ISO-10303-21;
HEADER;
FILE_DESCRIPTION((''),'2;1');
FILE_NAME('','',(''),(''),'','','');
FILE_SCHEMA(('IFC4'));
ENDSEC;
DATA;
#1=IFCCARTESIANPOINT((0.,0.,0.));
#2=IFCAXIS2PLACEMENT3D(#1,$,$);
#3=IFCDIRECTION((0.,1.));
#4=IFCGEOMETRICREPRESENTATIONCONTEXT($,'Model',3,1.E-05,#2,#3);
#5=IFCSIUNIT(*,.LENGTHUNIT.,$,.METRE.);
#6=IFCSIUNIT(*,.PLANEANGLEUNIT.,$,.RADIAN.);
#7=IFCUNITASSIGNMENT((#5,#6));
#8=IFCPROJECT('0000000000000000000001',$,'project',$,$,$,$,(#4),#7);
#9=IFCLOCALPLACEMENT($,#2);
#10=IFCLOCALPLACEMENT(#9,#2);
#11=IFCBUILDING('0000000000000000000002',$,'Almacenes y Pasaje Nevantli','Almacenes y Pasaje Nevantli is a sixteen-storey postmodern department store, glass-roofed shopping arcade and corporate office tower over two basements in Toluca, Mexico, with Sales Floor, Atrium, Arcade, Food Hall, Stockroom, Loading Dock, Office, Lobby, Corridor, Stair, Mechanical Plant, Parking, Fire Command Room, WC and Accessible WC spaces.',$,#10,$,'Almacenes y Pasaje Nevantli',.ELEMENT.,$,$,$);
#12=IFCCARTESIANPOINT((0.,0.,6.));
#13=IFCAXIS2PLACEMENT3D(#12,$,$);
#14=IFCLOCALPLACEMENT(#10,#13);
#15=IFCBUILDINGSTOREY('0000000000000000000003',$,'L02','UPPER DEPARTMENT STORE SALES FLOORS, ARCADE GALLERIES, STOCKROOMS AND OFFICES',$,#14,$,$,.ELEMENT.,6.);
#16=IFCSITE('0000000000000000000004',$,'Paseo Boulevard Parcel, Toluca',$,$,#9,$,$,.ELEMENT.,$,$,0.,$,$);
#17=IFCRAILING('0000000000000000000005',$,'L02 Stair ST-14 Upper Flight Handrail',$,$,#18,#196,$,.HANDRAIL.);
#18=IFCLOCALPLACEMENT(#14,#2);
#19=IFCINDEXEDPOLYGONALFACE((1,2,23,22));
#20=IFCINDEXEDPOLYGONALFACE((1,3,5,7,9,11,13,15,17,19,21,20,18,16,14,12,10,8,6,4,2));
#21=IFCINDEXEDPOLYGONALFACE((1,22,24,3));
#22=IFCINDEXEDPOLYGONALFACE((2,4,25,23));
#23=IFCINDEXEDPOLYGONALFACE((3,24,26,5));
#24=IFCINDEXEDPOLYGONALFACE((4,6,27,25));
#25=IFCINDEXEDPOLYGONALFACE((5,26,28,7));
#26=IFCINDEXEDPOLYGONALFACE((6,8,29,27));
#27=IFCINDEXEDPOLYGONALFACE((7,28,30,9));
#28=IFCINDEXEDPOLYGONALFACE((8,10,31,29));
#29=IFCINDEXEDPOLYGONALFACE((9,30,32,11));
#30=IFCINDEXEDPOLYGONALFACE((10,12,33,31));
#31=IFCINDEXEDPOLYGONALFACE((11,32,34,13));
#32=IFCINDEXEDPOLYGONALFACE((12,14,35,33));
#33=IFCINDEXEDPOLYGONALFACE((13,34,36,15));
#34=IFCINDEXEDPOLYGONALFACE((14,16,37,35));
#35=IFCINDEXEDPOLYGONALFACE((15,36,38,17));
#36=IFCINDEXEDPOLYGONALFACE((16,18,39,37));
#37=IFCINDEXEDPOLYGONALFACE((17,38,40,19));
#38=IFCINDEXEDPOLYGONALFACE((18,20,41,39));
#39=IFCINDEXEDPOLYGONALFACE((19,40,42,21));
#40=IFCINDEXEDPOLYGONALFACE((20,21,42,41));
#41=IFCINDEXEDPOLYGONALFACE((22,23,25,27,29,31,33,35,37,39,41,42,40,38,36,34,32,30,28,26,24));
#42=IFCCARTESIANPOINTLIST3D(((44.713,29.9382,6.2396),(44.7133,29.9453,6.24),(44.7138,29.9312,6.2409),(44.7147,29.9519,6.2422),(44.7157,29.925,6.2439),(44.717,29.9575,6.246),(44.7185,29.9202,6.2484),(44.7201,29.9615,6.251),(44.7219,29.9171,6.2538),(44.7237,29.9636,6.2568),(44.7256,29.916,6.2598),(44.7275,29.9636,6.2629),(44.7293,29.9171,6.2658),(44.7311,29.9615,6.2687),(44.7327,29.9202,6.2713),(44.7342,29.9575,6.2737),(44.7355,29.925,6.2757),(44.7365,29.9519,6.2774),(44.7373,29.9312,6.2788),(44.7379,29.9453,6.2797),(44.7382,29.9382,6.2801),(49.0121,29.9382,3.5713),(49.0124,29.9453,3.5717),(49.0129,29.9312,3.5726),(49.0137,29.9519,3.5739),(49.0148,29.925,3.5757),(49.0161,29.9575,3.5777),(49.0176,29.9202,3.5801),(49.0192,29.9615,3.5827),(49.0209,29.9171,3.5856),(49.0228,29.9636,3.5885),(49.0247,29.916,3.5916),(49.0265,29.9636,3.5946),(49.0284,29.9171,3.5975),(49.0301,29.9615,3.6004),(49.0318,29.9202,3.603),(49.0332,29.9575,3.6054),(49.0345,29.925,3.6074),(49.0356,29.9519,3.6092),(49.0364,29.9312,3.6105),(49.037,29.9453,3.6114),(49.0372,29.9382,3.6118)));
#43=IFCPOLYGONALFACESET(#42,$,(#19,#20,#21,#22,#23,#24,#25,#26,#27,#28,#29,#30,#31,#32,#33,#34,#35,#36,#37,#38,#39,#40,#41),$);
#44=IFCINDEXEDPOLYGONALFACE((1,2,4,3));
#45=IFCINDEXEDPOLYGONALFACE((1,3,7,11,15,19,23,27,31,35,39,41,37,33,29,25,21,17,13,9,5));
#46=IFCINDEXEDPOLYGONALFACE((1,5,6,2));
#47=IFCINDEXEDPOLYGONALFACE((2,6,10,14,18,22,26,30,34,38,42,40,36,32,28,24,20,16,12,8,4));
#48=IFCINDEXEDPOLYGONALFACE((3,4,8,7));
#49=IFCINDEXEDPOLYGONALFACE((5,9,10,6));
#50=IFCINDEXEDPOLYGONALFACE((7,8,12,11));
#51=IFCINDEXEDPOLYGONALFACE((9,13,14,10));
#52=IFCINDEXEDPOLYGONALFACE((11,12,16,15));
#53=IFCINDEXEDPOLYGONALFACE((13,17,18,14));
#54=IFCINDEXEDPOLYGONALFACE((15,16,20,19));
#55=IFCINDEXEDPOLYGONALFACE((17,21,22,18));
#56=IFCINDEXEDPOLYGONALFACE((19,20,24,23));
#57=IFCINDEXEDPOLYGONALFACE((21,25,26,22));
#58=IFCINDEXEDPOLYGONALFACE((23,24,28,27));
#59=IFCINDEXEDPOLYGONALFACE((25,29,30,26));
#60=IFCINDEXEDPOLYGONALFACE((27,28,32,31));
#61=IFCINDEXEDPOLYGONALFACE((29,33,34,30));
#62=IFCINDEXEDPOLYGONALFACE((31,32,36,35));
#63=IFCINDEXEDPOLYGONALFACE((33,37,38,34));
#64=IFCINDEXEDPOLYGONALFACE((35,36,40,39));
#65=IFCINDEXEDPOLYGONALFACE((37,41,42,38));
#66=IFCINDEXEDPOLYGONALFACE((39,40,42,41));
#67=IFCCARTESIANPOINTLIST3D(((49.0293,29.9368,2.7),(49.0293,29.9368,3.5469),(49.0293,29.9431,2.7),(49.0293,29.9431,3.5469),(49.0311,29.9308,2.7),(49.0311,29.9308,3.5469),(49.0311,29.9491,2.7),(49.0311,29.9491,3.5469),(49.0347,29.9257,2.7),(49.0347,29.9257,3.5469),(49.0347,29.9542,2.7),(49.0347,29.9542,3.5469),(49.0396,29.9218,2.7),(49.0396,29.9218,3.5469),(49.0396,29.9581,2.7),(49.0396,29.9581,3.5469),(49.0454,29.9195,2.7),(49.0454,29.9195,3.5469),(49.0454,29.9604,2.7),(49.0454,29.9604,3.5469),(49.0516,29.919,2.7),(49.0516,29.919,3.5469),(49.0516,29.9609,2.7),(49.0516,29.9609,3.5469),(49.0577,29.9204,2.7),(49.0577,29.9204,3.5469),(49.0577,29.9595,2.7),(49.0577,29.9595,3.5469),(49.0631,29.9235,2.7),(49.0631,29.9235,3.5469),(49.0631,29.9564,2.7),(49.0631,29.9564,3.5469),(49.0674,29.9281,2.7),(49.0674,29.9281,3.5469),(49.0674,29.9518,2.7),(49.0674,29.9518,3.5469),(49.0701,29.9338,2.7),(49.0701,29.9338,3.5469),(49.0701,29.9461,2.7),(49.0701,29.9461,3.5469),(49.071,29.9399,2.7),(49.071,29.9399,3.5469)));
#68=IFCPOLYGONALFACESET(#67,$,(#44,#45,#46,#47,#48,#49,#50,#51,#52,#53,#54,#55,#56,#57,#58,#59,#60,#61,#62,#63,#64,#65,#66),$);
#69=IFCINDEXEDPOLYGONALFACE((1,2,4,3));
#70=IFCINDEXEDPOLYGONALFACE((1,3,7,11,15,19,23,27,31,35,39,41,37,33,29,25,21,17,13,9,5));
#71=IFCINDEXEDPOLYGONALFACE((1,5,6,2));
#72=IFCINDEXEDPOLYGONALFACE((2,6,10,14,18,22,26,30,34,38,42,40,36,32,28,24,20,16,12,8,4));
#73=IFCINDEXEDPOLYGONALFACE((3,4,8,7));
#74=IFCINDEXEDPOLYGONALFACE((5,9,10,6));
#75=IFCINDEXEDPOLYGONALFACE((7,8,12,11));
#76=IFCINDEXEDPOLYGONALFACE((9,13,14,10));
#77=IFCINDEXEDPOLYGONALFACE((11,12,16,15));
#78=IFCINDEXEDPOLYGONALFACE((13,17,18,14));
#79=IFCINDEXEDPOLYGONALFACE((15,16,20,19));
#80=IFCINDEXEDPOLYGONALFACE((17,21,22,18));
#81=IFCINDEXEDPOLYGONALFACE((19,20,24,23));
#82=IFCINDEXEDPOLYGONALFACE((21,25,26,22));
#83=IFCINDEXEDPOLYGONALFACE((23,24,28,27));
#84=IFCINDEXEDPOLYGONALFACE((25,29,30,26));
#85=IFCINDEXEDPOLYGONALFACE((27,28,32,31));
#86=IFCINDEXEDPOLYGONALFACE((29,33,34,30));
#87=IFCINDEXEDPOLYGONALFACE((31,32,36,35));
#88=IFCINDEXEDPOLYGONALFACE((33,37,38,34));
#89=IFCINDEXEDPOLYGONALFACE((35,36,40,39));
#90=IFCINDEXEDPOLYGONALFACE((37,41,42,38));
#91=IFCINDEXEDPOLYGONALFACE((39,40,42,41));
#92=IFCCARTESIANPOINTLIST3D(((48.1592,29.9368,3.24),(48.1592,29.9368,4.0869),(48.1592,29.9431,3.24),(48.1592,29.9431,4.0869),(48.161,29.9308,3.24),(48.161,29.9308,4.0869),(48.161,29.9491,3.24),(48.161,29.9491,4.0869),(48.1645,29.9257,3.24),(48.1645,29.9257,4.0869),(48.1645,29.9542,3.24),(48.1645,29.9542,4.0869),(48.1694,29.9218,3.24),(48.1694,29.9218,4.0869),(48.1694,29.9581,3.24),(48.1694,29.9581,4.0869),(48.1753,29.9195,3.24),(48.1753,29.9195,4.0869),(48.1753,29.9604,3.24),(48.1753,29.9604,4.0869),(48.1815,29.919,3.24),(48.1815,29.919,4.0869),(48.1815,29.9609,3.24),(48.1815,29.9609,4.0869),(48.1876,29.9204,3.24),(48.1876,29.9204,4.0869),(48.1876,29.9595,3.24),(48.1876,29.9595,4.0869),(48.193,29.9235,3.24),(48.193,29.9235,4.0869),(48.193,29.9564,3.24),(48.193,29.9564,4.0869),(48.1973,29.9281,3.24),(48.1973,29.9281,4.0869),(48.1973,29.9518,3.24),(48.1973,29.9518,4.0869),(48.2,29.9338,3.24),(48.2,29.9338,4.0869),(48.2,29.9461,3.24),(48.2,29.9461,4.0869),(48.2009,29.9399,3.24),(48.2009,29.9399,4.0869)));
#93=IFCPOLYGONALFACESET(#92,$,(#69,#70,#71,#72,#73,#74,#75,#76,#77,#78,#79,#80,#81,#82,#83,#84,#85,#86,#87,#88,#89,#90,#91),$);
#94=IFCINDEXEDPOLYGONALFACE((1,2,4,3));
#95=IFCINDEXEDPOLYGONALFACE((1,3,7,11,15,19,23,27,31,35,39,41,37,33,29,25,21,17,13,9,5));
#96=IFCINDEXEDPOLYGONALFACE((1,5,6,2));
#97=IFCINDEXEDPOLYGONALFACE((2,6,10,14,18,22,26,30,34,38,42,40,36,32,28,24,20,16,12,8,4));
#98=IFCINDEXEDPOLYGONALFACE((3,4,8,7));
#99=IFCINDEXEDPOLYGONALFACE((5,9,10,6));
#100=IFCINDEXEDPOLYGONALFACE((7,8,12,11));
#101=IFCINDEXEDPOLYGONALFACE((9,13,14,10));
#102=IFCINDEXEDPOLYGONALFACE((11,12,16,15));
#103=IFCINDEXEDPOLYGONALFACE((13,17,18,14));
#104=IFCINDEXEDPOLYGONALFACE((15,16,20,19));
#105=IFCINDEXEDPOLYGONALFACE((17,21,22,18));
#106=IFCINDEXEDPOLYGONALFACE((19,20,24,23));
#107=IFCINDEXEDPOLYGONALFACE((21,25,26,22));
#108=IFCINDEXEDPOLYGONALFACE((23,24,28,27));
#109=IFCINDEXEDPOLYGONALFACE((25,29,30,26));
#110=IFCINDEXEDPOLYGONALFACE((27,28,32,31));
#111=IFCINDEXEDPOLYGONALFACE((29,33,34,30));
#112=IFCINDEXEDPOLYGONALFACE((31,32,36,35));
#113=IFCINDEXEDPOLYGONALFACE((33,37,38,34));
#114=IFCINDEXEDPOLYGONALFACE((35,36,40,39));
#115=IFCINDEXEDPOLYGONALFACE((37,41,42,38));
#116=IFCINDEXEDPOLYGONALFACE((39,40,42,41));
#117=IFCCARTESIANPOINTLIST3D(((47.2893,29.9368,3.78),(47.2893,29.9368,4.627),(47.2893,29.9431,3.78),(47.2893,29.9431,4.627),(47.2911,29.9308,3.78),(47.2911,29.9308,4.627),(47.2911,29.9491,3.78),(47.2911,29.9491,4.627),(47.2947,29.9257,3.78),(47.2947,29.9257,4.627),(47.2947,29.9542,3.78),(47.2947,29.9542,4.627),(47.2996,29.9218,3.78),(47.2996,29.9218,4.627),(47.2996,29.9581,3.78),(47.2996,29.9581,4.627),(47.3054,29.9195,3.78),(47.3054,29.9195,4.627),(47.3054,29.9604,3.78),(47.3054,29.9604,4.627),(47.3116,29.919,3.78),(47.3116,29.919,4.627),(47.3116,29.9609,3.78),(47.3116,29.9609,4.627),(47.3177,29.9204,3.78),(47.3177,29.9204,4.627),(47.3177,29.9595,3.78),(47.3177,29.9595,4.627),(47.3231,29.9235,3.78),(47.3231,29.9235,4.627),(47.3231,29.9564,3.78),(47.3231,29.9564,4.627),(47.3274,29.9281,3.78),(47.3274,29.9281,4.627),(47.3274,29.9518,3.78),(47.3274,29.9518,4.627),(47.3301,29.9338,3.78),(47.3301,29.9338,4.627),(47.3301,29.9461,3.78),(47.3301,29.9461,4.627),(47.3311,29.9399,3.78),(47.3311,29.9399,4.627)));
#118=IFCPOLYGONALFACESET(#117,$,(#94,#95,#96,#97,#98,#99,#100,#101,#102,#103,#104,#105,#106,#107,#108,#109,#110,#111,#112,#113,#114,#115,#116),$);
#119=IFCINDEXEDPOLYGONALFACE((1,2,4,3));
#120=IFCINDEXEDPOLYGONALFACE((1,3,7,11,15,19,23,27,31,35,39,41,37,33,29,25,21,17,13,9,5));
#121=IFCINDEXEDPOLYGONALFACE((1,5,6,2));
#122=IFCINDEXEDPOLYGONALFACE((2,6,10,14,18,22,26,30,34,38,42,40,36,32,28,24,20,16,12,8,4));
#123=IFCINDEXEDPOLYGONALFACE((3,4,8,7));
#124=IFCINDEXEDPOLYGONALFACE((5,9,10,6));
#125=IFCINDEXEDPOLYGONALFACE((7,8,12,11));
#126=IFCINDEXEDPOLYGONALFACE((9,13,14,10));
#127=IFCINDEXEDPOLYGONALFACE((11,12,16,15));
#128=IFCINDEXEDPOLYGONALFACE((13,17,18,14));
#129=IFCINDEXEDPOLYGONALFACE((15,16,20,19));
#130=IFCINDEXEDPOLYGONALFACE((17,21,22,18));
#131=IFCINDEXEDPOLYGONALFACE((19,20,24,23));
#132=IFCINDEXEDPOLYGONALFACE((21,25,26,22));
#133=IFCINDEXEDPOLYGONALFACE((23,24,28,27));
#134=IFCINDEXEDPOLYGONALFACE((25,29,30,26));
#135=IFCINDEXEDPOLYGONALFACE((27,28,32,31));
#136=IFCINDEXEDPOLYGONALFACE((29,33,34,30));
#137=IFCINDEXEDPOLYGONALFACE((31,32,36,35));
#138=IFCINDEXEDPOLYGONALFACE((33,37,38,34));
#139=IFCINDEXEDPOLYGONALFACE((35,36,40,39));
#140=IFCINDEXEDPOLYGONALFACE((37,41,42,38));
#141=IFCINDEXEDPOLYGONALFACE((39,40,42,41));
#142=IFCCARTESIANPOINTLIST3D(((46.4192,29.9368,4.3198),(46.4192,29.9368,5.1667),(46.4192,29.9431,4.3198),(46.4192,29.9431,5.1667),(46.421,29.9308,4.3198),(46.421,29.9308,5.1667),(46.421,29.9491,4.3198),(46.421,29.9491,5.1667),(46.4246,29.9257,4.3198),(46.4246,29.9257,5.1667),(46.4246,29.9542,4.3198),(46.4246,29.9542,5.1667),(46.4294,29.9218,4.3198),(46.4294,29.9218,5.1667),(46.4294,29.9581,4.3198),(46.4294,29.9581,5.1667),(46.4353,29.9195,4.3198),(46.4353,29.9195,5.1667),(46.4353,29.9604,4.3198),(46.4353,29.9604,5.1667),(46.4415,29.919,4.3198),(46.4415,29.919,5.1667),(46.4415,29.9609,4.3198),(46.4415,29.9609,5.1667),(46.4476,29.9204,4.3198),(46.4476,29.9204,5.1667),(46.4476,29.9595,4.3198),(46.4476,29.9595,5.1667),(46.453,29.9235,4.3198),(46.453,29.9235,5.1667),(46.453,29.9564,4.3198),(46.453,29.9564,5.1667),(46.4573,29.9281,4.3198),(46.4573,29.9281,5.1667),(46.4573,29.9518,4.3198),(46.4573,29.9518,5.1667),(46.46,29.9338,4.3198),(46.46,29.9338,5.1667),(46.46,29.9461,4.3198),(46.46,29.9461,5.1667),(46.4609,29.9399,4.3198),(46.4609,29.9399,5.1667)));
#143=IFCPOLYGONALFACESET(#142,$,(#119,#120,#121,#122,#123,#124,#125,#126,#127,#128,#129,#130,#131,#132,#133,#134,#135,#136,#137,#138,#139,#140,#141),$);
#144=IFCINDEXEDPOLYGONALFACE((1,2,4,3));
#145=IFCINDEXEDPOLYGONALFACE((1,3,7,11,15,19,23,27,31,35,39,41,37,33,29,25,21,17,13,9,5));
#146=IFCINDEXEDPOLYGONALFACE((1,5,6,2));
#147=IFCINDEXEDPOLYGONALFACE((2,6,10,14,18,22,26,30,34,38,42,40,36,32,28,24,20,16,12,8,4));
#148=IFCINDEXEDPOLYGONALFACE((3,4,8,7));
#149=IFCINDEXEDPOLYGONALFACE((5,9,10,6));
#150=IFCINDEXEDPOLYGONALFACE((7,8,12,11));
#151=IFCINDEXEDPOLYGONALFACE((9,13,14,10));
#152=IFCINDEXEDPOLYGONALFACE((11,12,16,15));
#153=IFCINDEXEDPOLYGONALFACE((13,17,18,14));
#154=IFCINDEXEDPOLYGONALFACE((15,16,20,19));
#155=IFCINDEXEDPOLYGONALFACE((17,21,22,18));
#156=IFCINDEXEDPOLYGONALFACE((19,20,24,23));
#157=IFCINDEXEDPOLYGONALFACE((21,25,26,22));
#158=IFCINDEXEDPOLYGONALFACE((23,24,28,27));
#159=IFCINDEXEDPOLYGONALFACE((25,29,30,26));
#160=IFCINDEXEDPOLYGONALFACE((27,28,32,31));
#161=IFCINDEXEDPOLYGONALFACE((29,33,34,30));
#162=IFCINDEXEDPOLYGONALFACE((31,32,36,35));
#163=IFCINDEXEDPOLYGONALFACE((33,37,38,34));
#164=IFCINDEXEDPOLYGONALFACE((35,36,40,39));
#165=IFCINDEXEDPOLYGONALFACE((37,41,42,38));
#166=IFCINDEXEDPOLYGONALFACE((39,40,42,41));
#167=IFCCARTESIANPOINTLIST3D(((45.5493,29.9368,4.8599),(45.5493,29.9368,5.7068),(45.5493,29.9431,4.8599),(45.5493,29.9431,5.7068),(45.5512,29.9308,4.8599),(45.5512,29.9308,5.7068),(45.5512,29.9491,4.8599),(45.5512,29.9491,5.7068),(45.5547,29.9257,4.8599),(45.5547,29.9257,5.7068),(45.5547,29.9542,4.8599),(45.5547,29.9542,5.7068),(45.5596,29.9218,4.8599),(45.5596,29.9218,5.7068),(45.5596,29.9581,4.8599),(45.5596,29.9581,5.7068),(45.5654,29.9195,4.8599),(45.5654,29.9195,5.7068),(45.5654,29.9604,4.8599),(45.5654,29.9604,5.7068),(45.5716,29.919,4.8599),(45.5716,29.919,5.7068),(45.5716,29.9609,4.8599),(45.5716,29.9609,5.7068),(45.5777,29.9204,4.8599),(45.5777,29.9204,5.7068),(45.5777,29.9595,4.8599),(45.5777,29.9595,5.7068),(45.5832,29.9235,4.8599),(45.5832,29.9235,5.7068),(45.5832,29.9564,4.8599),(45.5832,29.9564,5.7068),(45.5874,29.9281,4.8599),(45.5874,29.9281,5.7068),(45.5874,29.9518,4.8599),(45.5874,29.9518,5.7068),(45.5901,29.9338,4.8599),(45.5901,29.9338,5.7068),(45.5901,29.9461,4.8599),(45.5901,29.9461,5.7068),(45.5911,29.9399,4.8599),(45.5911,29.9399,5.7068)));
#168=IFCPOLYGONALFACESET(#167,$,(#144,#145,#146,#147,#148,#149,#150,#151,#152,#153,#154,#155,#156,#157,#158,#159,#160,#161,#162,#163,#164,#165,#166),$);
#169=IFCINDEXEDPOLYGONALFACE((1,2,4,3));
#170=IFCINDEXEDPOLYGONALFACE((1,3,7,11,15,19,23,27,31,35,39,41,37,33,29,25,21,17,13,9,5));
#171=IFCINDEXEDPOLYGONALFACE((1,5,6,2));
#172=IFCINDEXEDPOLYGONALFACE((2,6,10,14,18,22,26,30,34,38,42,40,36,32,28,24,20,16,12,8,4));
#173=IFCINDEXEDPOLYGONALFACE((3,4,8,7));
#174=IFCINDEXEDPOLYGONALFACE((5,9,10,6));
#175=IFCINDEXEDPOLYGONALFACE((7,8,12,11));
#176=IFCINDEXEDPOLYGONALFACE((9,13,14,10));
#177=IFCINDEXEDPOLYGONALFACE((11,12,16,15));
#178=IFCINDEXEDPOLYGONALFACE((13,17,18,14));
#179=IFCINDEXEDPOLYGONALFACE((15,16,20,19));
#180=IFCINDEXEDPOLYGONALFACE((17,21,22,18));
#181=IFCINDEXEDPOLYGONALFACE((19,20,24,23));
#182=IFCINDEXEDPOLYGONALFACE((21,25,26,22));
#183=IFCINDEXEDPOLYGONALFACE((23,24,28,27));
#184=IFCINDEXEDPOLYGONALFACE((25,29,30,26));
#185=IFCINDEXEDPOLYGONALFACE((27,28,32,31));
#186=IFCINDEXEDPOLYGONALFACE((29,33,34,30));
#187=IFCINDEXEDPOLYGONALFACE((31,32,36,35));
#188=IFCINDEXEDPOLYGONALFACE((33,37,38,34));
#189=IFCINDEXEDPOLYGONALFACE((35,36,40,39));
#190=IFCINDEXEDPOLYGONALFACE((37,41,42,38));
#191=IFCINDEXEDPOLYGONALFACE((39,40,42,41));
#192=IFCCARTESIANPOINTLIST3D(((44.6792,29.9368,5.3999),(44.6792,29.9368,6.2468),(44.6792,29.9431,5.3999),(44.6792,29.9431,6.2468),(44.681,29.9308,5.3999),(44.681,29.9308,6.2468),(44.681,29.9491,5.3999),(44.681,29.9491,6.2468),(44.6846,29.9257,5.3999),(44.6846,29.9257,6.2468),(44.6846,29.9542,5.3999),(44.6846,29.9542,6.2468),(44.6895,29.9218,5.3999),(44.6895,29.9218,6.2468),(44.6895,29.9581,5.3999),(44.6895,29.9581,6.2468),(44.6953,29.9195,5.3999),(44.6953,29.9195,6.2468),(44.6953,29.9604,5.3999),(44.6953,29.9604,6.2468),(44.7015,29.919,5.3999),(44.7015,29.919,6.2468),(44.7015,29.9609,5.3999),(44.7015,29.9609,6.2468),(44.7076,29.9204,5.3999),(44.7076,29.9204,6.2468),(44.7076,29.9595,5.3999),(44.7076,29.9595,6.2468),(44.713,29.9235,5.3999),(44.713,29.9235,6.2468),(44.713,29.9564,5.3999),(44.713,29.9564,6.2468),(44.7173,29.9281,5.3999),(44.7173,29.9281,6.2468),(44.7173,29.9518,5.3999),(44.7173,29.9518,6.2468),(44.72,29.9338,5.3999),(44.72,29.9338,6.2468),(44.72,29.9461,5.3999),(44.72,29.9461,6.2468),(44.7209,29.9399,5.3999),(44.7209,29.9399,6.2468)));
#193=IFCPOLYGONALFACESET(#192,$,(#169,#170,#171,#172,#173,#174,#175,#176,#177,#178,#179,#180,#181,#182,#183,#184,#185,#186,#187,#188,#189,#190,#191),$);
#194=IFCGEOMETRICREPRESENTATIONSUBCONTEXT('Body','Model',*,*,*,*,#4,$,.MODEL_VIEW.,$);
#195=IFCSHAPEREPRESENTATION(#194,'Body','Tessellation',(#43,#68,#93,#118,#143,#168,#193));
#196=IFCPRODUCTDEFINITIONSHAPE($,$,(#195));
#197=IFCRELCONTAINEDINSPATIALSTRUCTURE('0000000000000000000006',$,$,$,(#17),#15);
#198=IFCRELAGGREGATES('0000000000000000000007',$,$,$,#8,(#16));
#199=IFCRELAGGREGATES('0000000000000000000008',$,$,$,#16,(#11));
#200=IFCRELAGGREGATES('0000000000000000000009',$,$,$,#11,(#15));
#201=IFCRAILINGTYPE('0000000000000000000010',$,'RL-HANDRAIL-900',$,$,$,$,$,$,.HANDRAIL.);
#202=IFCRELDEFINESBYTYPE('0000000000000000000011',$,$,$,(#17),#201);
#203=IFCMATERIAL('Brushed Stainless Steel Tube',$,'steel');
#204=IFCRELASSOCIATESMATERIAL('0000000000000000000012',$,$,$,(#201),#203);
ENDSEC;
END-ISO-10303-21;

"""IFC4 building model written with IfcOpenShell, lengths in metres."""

from ifc_helpers import new_model, si_unit, direction, frame, origin, origin_2d, place, context, subcontext, project, spatial, circle, extrude, material, type_object, element, save


model = new_model("IFC4")

# Units and contexts
model_context = context("Model", 3, precision=1e-05, world=origin(), true_north=direction((0.0, 1.0)))
body_context = subcontext(model_context, "Body", "Model", "MODEL_VIEW")
ifc_project = project(units=[si_unit("LENGTHUNIT", "METRE"), si_unit("PLANEANGLEUNIT", "RADIAN")], contexts=[model_context])

# Site, building, storey
site_placement = place(None, origin())
site = spatial("IfcSite", under=ifc_project, at=site_placement, Name="Paseo Boulevard Parcel, Toluca", CompositionType="ELEMENT", RefElevation=0.0)
building_placement = place(site_placement, origin())
building = spatial("IfcBuilding", under=site, at=building_placement, Name="Almacenes y Pasaje Nevantli", Description="Almacenes y Pasaje Nevantli is a sixteen-storey postmodern department store, glass-roofed shopping arcade and corporate office tower over two basements in Toluca, Mexico, with Sales Floor, Atrium, Arcade, Food Hall, Stockroom, Loading Dock, Office, Lobby, Corridor, Stair, Mechanical Plant, Parking, Fire Command Room, WC and Accessible WC spaces.", LongName="Almacenes y Pasaje Nevantli", CompositionType="ELEMENT")
storey_placement = place(building_placement, frame((0.0, 0.0, 6.0)))
storey = spatial("IfcBuildingStorey", under=building, at=storey_placement, Name="L02", Description="UPPER DEPARTMENT STORE SALES FLOORS, ARCADE GALLERIES, STOCKROOMS AND OFFICES", CompositionType="ELEMENT", Elevation=6.0)

# Railing
ifc_material_1 = material(Name="Brushed Stainless Steel Tube", Category="steel")
railing_type_1 = type_object("IfcRailingType", Name="RL-HANDRAIL-900", PredefinedType="HANDRAIL", material=ifc_material_1)
railing_1_placement = place(storey_placement, frame((49.05, 29.9399, 2.7)))
element("IfcRailing", 1, at=railing_1_placement, inside=storey, type_object=railing_type_1, Name="L02 Stair ST-14 Upper Flight Handrail", PredefinedType="HANDRAIL", context=body_context, shape_type="SweptSolid", body=[
    extrude(circle(Radius=0.0239, at=origin_2d()), frame((-0.0254, 0.0, 0.8916), z_axis=(-0.84965, 0.0, 0.527347), x_axis=(0.0, -1.0, 0.0)), (0.0, 0.0, 1.0), 5.0598),
    extrude(circle(Radius=0.021, at=origin_2d()), origin(), (0.0, 0.0, 1.0), 0.8469),
    extrude(circle(Radius=0.021, at=origin_2d()), frame((-0.8701, 0.0, 0.54)), (0.0, 0.0, 1.0), 0.8469),
    extrude(circle(Radius=0.021, at=origin_2d()), frame((-1.74, 0.0, 1.0801)), (0.0, 0.0, 1.0), 0.8469),
    extrude(circle(Radius=0.021, at=origin_2d()), frame((-2.6101, 0.0, 1.6199)), (0.0, 0.0, 1.0), 0.8469),
    extrude(circle(Radius=0.021, at=origin_2d()), frame((-3.48, 0.0, 2.1599)), (0.0, 0.0, 1.0), 0.8469),
    extrude(circle(Radius=0.021, at=origin_2d()), frame((-4.3501, 0.0, 2.7)), (0.0, 0.0, 1.0), 0.8469),
])

save(model, "model.ifc")
